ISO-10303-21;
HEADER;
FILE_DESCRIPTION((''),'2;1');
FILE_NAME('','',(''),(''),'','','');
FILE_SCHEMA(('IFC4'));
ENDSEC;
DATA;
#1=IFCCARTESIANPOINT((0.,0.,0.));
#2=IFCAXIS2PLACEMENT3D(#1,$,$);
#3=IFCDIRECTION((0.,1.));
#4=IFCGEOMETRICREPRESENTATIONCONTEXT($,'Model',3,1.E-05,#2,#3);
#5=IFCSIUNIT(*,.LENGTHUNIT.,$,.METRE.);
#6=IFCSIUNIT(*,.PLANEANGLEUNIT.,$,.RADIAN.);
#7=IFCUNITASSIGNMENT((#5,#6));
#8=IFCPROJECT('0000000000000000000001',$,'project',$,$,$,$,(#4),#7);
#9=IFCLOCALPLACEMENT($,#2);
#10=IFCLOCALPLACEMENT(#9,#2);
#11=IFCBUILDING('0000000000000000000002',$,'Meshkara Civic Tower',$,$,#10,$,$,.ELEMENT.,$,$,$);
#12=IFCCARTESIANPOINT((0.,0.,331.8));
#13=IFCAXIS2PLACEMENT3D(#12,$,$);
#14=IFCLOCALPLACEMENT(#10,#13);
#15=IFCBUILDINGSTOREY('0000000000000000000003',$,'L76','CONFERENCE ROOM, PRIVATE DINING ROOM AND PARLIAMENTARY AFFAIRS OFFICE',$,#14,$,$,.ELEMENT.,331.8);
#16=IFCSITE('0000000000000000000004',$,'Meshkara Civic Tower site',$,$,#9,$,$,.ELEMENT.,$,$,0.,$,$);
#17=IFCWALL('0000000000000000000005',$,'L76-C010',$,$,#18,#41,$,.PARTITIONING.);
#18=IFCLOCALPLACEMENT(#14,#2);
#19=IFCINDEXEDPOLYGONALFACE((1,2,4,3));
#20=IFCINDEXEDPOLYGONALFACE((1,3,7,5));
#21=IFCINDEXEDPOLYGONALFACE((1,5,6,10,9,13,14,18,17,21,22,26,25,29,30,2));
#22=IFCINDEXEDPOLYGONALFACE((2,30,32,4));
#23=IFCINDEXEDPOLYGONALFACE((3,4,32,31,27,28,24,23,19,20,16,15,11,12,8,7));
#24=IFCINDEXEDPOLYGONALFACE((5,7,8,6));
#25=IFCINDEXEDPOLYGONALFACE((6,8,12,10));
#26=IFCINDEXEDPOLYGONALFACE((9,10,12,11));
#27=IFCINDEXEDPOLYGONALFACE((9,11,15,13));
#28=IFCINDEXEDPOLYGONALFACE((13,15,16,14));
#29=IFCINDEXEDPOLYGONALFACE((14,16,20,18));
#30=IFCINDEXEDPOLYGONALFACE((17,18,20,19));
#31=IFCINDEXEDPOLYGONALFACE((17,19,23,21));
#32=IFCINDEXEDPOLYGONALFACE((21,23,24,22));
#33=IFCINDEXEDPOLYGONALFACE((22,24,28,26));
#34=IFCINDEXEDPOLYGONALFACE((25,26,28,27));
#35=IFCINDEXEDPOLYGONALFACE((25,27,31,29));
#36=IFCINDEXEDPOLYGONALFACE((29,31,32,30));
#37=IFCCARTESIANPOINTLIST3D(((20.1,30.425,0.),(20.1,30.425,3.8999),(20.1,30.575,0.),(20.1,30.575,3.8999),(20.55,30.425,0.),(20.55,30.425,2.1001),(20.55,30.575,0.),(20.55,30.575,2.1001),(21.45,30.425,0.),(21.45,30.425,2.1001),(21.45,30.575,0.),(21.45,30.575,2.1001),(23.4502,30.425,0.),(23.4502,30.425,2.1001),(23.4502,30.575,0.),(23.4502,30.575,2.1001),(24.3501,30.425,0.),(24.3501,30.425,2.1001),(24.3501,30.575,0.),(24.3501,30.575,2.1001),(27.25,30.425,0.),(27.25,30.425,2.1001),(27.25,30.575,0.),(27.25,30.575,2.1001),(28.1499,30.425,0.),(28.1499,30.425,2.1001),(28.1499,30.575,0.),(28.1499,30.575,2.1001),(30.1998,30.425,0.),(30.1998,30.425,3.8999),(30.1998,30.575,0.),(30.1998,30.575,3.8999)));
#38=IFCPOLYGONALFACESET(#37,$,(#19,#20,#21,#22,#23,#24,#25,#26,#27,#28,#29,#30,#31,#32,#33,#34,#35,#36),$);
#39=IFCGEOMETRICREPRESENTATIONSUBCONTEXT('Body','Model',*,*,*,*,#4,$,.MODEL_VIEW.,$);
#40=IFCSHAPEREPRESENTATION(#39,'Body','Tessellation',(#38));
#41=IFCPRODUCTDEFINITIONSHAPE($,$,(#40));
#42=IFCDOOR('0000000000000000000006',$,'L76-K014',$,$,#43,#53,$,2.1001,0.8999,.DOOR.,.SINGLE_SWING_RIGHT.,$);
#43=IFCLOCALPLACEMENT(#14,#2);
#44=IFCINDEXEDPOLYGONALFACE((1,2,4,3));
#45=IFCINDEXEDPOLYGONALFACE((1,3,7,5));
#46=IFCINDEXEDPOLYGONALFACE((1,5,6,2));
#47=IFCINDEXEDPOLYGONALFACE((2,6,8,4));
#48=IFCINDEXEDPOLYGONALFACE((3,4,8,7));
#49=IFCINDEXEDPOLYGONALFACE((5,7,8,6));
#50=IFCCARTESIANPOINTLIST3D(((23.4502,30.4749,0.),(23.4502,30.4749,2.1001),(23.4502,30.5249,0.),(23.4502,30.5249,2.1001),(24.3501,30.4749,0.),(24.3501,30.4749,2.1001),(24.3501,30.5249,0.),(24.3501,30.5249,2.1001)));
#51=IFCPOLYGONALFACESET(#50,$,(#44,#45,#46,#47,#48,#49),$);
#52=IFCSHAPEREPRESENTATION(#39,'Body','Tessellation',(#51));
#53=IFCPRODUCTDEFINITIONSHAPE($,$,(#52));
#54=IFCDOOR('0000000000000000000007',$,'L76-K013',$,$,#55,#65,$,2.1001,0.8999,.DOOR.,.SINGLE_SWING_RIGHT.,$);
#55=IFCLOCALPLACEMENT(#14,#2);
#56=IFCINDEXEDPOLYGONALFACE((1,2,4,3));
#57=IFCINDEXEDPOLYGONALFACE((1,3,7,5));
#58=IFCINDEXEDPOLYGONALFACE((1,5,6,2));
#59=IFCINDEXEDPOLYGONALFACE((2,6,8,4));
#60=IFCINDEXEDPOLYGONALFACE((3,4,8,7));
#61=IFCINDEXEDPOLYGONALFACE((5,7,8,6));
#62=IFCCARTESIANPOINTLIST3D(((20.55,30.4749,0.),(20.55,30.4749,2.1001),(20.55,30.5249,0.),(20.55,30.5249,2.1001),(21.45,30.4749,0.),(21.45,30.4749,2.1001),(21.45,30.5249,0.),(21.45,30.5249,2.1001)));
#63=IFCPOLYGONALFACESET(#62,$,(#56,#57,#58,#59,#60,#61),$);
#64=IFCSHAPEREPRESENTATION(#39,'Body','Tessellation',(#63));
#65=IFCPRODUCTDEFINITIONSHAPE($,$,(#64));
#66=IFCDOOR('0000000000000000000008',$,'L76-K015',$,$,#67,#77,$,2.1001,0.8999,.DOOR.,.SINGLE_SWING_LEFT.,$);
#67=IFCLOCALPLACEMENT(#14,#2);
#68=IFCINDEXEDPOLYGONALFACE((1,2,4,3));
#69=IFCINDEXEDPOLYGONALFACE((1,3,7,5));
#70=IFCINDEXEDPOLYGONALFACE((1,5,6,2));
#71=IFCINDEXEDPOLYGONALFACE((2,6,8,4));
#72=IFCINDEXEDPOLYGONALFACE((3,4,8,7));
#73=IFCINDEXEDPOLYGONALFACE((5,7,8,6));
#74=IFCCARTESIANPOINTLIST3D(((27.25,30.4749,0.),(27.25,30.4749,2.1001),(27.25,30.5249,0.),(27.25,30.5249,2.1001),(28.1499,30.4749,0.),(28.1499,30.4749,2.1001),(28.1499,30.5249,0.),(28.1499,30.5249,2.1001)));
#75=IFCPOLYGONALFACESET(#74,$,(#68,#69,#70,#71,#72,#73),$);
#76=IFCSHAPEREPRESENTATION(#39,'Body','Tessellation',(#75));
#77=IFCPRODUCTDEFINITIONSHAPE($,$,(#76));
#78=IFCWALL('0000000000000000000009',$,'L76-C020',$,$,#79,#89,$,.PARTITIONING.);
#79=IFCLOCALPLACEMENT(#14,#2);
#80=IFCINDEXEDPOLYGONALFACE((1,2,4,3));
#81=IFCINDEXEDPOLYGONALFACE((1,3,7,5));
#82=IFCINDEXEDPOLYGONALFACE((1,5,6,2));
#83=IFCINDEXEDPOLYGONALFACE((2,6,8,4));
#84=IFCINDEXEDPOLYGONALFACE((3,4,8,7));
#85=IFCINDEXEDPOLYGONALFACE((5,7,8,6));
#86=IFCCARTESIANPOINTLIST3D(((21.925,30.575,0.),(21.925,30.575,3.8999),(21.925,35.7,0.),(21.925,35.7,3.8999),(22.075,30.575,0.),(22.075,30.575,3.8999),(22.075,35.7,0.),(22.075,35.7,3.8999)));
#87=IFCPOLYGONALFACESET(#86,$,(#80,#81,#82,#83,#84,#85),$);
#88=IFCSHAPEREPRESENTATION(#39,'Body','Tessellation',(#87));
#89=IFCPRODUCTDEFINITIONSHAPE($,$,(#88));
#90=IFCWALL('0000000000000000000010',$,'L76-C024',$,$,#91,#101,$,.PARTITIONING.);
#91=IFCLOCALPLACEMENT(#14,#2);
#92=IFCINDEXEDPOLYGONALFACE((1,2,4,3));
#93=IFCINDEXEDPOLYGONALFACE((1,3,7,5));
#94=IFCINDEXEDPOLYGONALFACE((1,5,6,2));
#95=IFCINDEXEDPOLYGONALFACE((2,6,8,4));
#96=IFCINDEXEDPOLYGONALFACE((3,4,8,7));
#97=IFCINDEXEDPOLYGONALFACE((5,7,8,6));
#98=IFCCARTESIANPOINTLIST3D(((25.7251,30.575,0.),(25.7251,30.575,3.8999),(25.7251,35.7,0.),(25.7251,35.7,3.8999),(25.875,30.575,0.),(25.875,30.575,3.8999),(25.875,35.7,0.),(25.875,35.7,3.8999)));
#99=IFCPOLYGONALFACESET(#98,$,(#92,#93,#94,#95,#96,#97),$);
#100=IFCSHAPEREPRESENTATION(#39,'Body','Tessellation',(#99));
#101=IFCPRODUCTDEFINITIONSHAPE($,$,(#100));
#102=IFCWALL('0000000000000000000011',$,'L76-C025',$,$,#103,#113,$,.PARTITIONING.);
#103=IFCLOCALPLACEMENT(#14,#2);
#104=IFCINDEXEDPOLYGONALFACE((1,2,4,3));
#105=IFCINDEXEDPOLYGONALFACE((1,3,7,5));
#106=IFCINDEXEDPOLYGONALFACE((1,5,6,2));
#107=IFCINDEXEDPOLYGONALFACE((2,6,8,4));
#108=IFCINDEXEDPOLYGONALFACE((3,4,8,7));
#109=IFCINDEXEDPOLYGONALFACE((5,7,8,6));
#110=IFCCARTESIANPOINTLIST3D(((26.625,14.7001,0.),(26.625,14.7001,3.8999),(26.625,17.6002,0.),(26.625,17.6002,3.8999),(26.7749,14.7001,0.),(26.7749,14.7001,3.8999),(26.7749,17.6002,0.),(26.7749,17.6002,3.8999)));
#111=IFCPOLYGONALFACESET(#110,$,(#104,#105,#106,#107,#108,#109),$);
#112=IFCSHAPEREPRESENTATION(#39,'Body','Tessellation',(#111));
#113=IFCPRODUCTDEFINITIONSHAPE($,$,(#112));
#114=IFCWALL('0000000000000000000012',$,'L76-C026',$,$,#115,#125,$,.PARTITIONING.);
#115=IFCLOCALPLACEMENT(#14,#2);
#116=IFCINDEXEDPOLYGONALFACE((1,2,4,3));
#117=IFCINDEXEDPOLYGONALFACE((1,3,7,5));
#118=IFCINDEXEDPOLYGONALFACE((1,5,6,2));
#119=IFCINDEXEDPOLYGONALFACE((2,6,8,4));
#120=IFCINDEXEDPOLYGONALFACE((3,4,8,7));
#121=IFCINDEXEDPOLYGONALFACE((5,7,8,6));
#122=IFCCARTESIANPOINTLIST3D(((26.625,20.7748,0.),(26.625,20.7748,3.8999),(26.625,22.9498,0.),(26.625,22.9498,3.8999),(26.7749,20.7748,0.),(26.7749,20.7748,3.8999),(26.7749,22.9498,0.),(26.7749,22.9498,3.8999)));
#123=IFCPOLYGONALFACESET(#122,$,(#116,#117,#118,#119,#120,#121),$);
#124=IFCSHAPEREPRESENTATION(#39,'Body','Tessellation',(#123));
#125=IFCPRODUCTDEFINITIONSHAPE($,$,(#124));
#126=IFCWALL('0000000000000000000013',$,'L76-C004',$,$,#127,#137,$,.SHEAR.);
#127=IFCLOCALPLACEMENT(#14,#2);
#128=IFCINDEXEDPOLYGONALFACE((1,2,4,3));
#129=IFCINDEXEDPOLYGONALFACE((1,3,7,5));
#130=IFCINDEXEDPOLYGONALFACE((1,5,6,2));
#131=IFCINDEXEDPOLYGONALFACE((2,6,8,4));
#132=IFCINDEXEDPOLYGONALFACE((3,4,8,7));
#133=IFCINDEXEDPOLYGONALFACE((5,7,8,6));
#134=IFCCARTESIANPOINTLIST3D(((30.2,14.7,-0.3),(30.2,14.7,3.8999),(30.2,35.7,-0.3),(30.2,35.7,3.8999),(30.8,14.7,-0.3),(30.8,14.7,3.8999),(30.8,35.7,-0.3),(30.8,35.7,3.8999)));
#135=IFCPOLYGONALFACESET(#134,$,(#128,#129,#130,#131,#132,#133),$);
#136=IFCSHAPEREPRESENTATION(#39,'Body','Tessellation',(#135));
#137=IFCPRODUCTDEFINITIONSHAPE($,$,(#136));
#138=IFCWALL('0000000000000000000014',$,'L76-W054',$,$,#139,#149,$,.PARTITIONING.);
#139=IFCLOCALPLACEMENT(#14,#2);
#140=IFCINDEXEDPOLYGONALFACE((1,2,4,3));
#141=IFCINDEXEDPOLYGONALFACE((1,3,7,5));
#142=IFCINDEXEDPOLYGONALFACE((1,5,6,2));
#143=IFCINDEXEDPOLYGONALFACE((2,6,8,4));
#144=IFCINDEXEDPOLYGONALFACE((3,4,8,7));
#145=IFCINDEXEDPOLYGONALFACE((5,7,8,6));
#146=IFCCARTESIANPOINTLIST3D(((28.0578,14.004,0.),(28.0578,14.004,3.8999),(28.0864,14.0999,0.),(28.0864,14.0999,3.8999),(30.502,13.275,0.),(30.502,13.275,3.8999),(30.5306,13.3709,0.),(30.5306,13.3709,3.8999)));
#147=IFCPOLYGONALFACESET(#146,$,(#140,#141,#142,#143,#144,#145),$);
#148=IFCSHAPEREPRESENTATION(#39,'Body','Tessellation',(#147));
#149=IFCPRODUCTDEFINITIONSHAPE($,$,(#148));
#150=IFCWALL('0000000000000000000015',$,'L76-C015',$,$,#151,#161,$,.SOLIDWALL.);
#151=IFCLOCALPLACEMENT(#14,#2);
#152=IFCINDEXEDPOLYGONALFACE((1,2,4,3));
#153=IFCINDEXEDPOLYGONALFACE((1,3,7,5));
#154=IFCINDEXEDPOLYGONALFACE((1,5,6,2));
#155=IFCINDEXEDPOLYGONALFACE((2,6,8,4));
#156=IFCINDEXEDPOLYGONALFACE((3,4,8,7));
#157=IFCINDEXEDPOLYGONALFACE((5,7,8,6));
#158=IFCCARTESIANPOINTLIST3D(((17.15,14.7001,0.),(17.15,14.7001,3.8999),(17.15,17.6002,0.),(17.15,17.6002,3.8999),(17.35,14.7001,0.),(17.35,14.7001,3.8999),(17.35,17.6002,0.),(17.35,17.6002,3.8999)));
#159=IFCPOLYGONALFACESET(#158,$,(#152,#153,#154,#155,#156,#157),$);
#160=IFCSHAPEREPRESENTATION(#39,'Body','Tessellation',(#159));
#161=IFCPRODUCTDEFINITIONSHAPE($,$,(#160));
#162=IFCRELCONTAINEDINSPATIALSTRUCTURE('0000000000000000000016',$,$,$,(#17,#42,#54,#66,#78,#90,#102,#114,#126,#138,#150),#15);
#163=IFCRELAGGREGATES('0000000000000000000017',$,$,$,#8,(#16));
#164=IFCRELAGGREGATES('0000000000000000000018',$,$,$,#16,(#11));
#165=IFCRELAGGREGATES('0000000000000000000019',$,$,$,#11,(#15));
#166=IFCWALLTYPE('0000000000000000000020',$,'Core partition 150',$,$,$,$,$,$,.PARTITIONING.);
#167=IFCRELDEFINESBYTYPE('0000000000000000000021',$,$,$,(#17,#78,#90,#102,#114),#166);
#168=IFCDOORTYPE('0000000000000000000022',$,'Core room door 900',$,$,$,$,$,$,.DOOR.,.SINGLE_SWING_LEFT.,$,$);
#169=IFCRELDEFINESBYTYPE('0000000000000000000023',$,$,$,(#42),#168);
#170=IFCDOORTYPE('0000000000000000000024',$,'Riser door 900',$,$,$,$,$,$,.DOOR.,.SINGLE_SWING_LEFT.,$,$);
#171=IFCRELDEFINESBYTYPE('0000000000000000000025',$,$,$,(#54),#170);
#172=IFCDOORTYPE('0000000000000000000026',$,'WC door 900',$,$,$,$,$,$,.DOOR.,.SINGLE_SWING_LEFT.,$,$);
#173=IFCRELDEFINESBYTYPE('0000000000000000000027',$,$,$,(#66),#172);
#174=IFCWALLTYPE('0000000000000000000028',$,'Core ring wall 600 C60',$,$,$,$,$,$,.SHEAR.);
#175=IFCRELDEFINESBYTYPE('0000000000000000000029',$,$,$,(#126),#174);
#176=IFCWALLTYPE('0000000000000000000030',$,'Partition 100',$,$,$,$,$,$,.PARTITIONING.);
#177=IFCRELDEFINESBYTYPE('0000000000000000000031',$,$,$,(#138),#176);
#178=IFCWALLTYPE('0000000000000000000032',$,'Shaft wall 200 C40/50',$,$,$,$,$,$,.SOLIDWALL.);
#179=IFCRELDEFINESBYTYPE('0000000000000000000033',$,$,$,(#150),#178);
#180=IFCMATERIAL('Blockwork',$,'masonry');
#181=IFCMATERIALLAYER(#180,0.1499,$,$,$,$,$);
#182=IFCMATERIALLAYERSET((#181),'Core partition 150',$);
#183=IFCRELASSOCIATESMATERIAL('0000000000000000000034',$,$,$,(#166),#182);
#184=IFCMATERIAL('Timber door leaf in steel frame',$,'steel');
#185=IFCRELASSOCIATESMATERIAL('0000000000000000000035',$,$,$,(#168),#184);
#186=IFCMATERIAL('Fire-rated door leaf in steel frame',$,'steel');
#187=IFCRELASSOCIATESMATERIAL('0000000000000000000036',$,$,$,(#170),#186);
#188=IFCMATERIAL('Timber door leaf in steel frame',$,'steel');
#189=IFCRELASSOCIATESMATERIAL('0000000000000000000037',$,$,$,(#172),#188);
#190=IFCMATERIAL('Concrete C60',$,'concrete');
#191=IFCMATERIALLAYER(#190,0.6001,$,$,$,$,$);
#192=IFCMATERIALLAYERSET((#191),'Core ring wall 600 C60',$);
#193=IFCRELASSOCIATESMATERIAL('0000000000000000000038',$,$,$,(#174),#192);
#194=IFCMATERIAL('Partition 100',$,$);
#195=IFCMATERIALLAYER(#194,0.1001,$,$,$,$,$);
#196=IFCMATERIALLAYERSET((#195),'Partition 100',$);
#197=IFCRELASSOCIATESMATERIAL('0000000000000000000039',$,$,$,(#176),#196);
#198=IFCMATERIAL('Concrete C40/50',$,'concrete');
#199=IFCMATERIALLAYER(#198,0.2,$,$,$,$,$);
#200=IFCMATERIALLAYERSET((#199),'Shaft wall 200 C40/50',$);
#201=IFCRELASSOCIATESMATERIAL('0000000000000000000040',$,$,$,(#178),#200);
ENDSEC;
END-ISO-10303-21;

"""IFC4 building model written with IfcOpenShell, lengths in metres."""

from ifc_helpers import new_model, si_unit, direction, frame, frame_2d, origin, place, context, subcontext, project, spatial, rectangle, extrude, material, layer, layer_set, type_object, element, fill, save


model = new_model("IFC4")

# Units and contexts
model_context = context("Model", 3, precision=1e-05, world=origin(), true_north=direction((0.0, 1.0)))
body_context = subcontext(model_context, "Body", "Model", "MODEL_VIEW")
ifc_project = project(units=[si_unit("LENGTHUNIT", "METRE"), si_unit("PLANEANGLEUNIT", "RADIAN")], contexts=[model_context])

# Site, building, storey
site_placement = place(None, origin())
site = spatial("IfcSite", under=ifc_project, at=site_placement, Name="Meshkara Civic Tower site", CompositionType="ELEMENT", RefElevation=0.0)
building_placement = place(site_placement, origin())
building = spatial("IfcBuilding", under=site, at=building_placement, Name="Meshkara Civic Tower", CompositionType="ELEMENT")
storey_placement = place(building_placement, frame((0.0, 0.0, 331.8)))
storey = spatial("IfcBuildingStorey", under=building, at=storey_placement, Name="L76", Description="CONFERENCE ROOM, PRIVATE DINING ROOM AND PARLIAMENTARY AFFAIRS OFFICE", CompositionType="ELEMENT", Elevation=331.8)

# Wall, openings, doors
ifc_material_1 = material(Name="Blockwork", Category="masonry")
ifc_layer_1 = layer(ifc_material_1, 0.1499)
ifc_layer_set_1 = layer_set([ifc_layer_1], Name="Core partition 150")
wall_type_1 = type_object("IfcWallType", Name="Core partition 150", PredefinedType="PARTITIONING", material=ifc_layer_set_1)
wall_1_placement = place(storey_placement, frame((20.1001, 30.5, 0.0), z_axis=(0.0, 0.0, 1.0), x_axis=(1.0, 0.0, 0.0)))
wall_1 = element("IfcWall", 1, at=wall_1_placement, inside=storey, type_object=wall_type_1, Name="L76-C010", PredefinedType="PARTITIONING", context=body_context, shape_type="SweptSolid", body=[
    extrude(rectangle(XDim=10.0999, YDim=0.1499, at=frame_2d((5.0498, 0.0))), origin(), (0.0, 0.0, 1.0), 3.8999),
])
opening_1_placement = place(wall_1_placement, frame((0.45, 0.0, 0.0)))
opening_1 = element("IfcOpeningElement", 2, at=opening_1_placement, cuts=wall_1, PredefinedType="OPENING", context=body_context, shape_type="SweptSolid", body=[
    extrude(rectangle(XDim=0.8999, YDim=2.1001, at=frame_2d((0.45, 1.05))), frame((0.0, 0.085, 0.0), z_axis=(0.0, -1.0, 0.0), x_axis=(1.0, 0.0, 0.0)), (0.0, 0.0, 1.0), 0.1699),
])
opening_2_placement = place(wall_1_placement, frame((3.3501, 0.0, 0.0)))
opening_2 = element("IfcOpeningElement", 3, at=opening_2_placement, cuts=wall_1, PredefinedType="OPENING", context=body_context, shape_type="SweptSolid", body=[
    extrude(rectangle(XDim=0.8999, YDim=2.1001, at=frame_2d((0.45, 1.05))), frame((0.0, 0.085, 0.0), z_axis=(0.0, -1.0, 0.0), x_axis=(1.0, 0.0, 0.0)), (0.0, 0.0, 1.0), 0.1699),
])
opening_3_placement = place(wall_1_placement, frame((7.1499, 0.0, 0.0)))
opening_3 = element("IfcOpeningElement", 4, at=opening_3_placement, cuts=wall_1, PredefinedType="OPENING", context=body_context, shape_type="SweptSolid", body=[
    extrude(rectangle(XDim=0.8999, YDim=2.1001, at=frame_2d((0.45, 1.05))), frame((0.0, 0.085, 0.0), z_axis=(0.0, -1.0, 0.0), x_axis=(1.0, 0.0, 0.0)), (0.0, 0.0, 1.0), 0.1699),
])
ifc_material_2 = material(Name="Timber door leaf in steel frame", Category="steel")
door_type_1 = type_object("IfcDoorType", Name="Core room door 900", OperationType="SINGLE_SWING_LEFT", PredefinedType="DOOR", material=ifc_material_2)
door_1_placement = place(opening_2_placement, origin())
door_1 = element("IfcDoor", 5, at=door_1_placement, inside=storey, type_object=door_type_1, Name="L76-K014", OperationType="SINGLE_SWING_RIGHT", OverallHeight=2.1001, OverallWidth=0.8999, PredefinedType="DOOR", context=body_context, shape_type="SweptSolid", body=[
    extrude(rectangle(XDim=0.8999, YDim=2.1001, at=frame_2d((0.45, 1.05))), frame((0.0, 0.0249, 0.0), z_axis=(0.0, -1.0, 0.0), x_axis=(1.0, 0.0, 0.0)), (0.0, 0.0, 1.0), 0.05),
])
fill(opening_2, door_1)
ifc_material_3 = material(Name="Fire-rated door leaf in steel frame", Category="steel")
door_type_2 = type_object("IfcDoorType", Name="Riser door 900", OperationType="SINGLE_SWING_LEFT", PredefinedType="DOOR", material=ifc_material_3)
door_2_placement = place(opening_1_placement, origin())
door_2 = element("IfcDoor", 6, at=door_2_placement, inside=storey, type_object=door_type_2, Name="L76-K013", OperationType="SINGLE_SWING_RIGHT", OverallHeight=2.1001, OverallWidth=0.8999, PredefinedType="DOOR", context=body_context, shape_type="SweptSolid", body=[
    extrude(rectangle(XDim=0.8999, YDim=2.1001, at=frame_2d((0.45, 1.05))), frame((0.0, 0.0249, 0.0), z_axis=(0.0, -1.0, 0.0), x_axis=(1.0, 0.0, 0.0)), (0.0, 0.0, 1.0), 0.05),
])
fill(opening_1, door_2)
ifc_material_4 = material(Name="Timber door leaf in steel frame", Category="steel")
door_type_3 = type_object("IfcDoorType", Name="WC door 900", OperationType="SINGLE_SWING_LEFT", PredefinedType="DOOR", material=ifc_material_4)
door_3_placement = place(opening_3_placement, origin())
door_3 = element("IfcDoor", 7, at=door_3_placement, inside=storey, type_object=door_type_3, Name="L76-K015", OperationType="SINGLE_SWING_LEFT", OverallHeight=2.1001, OverallWidth=0.8999, PredefinedType="DOOR", context=body_context, shape_type="SweptSolid", body=[
    extrude(rectangle(XDim=0.8999, YDim=2.1001, at=frame_2d((0.45, 1.05))), frame((0.0, 0.0249, 0.0), z_axis=(0.0, -1.0, 0.0), x_axis=(1.0, 0.0, 0.0)), (0.0, 0.0, 1.0), 0.05),
])
fill(opening_3, door_3)

# Walls
for number, where, z_axis, x_axis, name in (
    (8, (22.0, 30.575, 0.0), (0.0, 0.0, 1.0), (0.0, 1.0, 0.0), "L76-C020"),
    (9, (25.8, 30.575, 0.0), (0.0, 0.0, 1.0), (0.0, 1.0, 0.0), "L76-C024"),
):
    element("IfcWall", number, at=place(storey_placement, frame(where, z_axis=z_axis, x_axis=x_axis)), inside=storey, type_object=wall_type_1, Name=name, PredefinedType="PARTITIONING", context=body_context, shape_type="SweptSolid", body=[
        extrude(rectangle(XDim=5.125, YDim=0.1499, at=frame_2d((2.5625, 0.0))), origin(), (0.0, 0.0, 1.0), 3.8999),
    ])
wall_2_placement = place(storey_placement, frame((26.7, 14.7, 0.0), z_axis=(0.0, 0.0, 1.0), x_axis=(0.0, 1.0, 0.0)))
element("IfcWall", 10, at=wall_2_placement, inside=storey, type_object=wall_type_1, Name="L76-C025", PredefinedType="PARTITIONING", context=body_context, shape_type="SweptSolid", body=[
    extrude(rectangle(XDim=2.9001, YDim=0.1499, at=frame_2d((1.4502, 0.0))), origin(), (0.0, 0.0, 1.0), 3.8999),
])
wall_3_placement = place(storey_placement, frame((26.7, 20.7749, 0.0), z_axis=(0.0, 0.0, 1.0), x_axis=(0.0, 1.0, 0.0)))
element("IfcWall", 11, at=wall_3_placement, inside=storey, type_object=wall_type_1, Name="L76-C026", PredefinedType="PARTITIONING", context=body_context, shape_type="SweptSolid", body=[
    extrude(rectangle(XDim=2.175, YDim=0.1499, at=frame_2d((1.0874, 0.0))), origin(), (0.0, 0.0, 1.0), 3.8999),
])
ifc_material_5 = material(Name="Concrete C60", Category="concrete")
ifc_layer_2 = layer(ifc_material_5, 0.6001)
ifc_layer_set_2 = layer_set([ifc_layer_2], Name="Core ring wall 600 C60")
wall_type_2 = type_object("IfcWallType", Name="Core ring wall 600 C60", PredefinedType="SHEAR", material=ifc_layer_set_2)
wall_4_placement = place(storey_placement, frame((30.5, 14.7, -0.3), z_axis=(0.0, 0.0, 1.0), x_axis=(0.0, 1.0, 0.0)))
element("IfcWall", 12, at=wall_4_placement, inside=storey, type_object=wall_type_2, Name="L76-C004", PredefinedType="SHEAR", context=body_context, shape_type="SweptSolid", body=[
    extrude(rectangle(XDim=21.0, YDim=0.6001, at=frame_2d((10.5, 0.0))), origin(), (0.0, 0.0, 1.0), 4.2),
])
ifc_material_6 = material(Name="Partition 100")
ifc_layer_3 = layer(ifc_material_6, 0.1001)
ifc_layer_set_3 = layer_set([ifc_layer_3], Name="Partition 100")
wall_type_3 = type_object("IfcWallType", Name="Partition 100", PredefinedType="PARTITIONING", material=ifc_layer_set_3)
wall_5_placement = place(storey_placement, frame((28.072, 14.052, 0.0), z_axis=(0.0, 0.0, 1.0), x_axis=(0.958281, -0.285828, 0.0)))
element("IfcWall", 13, at=wall_5_placement, inside=storey, type_object=wall_type_3, Name="L76-W054", PredefinedType="PARTITIONING", context=body_context, shape_type="SweptSolid", body=[
    extrude(rectangle(XDim=2.5505, YDim=0.1001, at=frame_2d((1.2754, 0.0))), origin(), (0.0, 0.0, 1.0), 3.8999),
])
ifc_material_7 = material(Name="Concrete C40/50", Category="concrete")
ifc_layer_4 = layer(ifc_material_7, 0.2)
ifc_layer_set_4 = layer_set([ifc_layer_4], Name="Shaft wall 200 C40/50")
wall_type_4 = type_object("IfcWallType", Name="Shaft wall 200 C40/50", PredefinedType="SOLIDWALL", material=ifc_layer_set_4)
wall_6_placement = place(storey_placement, frame((17.25, 14.7, 0.0), z_axis=(0.0, 0.0, 1.0), x_axis=(0.0, 1.0, 0.0)))
element("IfcWall", 14, at=wall_6_placement, inside=storey, type_object=wall_type_4, Name="L76-C015", PredefinedType="SOLIDWALL", context=body_context, shape_type="SweptSolid", body=[
    extrude(rectangle(XDim=2.9001, YDim=0.2, at=frame_2d((1.4502, 0.0))), origin(), (0.0, 0.0, 1.0), 3.8999),
])

save(model, "model.ifc")
